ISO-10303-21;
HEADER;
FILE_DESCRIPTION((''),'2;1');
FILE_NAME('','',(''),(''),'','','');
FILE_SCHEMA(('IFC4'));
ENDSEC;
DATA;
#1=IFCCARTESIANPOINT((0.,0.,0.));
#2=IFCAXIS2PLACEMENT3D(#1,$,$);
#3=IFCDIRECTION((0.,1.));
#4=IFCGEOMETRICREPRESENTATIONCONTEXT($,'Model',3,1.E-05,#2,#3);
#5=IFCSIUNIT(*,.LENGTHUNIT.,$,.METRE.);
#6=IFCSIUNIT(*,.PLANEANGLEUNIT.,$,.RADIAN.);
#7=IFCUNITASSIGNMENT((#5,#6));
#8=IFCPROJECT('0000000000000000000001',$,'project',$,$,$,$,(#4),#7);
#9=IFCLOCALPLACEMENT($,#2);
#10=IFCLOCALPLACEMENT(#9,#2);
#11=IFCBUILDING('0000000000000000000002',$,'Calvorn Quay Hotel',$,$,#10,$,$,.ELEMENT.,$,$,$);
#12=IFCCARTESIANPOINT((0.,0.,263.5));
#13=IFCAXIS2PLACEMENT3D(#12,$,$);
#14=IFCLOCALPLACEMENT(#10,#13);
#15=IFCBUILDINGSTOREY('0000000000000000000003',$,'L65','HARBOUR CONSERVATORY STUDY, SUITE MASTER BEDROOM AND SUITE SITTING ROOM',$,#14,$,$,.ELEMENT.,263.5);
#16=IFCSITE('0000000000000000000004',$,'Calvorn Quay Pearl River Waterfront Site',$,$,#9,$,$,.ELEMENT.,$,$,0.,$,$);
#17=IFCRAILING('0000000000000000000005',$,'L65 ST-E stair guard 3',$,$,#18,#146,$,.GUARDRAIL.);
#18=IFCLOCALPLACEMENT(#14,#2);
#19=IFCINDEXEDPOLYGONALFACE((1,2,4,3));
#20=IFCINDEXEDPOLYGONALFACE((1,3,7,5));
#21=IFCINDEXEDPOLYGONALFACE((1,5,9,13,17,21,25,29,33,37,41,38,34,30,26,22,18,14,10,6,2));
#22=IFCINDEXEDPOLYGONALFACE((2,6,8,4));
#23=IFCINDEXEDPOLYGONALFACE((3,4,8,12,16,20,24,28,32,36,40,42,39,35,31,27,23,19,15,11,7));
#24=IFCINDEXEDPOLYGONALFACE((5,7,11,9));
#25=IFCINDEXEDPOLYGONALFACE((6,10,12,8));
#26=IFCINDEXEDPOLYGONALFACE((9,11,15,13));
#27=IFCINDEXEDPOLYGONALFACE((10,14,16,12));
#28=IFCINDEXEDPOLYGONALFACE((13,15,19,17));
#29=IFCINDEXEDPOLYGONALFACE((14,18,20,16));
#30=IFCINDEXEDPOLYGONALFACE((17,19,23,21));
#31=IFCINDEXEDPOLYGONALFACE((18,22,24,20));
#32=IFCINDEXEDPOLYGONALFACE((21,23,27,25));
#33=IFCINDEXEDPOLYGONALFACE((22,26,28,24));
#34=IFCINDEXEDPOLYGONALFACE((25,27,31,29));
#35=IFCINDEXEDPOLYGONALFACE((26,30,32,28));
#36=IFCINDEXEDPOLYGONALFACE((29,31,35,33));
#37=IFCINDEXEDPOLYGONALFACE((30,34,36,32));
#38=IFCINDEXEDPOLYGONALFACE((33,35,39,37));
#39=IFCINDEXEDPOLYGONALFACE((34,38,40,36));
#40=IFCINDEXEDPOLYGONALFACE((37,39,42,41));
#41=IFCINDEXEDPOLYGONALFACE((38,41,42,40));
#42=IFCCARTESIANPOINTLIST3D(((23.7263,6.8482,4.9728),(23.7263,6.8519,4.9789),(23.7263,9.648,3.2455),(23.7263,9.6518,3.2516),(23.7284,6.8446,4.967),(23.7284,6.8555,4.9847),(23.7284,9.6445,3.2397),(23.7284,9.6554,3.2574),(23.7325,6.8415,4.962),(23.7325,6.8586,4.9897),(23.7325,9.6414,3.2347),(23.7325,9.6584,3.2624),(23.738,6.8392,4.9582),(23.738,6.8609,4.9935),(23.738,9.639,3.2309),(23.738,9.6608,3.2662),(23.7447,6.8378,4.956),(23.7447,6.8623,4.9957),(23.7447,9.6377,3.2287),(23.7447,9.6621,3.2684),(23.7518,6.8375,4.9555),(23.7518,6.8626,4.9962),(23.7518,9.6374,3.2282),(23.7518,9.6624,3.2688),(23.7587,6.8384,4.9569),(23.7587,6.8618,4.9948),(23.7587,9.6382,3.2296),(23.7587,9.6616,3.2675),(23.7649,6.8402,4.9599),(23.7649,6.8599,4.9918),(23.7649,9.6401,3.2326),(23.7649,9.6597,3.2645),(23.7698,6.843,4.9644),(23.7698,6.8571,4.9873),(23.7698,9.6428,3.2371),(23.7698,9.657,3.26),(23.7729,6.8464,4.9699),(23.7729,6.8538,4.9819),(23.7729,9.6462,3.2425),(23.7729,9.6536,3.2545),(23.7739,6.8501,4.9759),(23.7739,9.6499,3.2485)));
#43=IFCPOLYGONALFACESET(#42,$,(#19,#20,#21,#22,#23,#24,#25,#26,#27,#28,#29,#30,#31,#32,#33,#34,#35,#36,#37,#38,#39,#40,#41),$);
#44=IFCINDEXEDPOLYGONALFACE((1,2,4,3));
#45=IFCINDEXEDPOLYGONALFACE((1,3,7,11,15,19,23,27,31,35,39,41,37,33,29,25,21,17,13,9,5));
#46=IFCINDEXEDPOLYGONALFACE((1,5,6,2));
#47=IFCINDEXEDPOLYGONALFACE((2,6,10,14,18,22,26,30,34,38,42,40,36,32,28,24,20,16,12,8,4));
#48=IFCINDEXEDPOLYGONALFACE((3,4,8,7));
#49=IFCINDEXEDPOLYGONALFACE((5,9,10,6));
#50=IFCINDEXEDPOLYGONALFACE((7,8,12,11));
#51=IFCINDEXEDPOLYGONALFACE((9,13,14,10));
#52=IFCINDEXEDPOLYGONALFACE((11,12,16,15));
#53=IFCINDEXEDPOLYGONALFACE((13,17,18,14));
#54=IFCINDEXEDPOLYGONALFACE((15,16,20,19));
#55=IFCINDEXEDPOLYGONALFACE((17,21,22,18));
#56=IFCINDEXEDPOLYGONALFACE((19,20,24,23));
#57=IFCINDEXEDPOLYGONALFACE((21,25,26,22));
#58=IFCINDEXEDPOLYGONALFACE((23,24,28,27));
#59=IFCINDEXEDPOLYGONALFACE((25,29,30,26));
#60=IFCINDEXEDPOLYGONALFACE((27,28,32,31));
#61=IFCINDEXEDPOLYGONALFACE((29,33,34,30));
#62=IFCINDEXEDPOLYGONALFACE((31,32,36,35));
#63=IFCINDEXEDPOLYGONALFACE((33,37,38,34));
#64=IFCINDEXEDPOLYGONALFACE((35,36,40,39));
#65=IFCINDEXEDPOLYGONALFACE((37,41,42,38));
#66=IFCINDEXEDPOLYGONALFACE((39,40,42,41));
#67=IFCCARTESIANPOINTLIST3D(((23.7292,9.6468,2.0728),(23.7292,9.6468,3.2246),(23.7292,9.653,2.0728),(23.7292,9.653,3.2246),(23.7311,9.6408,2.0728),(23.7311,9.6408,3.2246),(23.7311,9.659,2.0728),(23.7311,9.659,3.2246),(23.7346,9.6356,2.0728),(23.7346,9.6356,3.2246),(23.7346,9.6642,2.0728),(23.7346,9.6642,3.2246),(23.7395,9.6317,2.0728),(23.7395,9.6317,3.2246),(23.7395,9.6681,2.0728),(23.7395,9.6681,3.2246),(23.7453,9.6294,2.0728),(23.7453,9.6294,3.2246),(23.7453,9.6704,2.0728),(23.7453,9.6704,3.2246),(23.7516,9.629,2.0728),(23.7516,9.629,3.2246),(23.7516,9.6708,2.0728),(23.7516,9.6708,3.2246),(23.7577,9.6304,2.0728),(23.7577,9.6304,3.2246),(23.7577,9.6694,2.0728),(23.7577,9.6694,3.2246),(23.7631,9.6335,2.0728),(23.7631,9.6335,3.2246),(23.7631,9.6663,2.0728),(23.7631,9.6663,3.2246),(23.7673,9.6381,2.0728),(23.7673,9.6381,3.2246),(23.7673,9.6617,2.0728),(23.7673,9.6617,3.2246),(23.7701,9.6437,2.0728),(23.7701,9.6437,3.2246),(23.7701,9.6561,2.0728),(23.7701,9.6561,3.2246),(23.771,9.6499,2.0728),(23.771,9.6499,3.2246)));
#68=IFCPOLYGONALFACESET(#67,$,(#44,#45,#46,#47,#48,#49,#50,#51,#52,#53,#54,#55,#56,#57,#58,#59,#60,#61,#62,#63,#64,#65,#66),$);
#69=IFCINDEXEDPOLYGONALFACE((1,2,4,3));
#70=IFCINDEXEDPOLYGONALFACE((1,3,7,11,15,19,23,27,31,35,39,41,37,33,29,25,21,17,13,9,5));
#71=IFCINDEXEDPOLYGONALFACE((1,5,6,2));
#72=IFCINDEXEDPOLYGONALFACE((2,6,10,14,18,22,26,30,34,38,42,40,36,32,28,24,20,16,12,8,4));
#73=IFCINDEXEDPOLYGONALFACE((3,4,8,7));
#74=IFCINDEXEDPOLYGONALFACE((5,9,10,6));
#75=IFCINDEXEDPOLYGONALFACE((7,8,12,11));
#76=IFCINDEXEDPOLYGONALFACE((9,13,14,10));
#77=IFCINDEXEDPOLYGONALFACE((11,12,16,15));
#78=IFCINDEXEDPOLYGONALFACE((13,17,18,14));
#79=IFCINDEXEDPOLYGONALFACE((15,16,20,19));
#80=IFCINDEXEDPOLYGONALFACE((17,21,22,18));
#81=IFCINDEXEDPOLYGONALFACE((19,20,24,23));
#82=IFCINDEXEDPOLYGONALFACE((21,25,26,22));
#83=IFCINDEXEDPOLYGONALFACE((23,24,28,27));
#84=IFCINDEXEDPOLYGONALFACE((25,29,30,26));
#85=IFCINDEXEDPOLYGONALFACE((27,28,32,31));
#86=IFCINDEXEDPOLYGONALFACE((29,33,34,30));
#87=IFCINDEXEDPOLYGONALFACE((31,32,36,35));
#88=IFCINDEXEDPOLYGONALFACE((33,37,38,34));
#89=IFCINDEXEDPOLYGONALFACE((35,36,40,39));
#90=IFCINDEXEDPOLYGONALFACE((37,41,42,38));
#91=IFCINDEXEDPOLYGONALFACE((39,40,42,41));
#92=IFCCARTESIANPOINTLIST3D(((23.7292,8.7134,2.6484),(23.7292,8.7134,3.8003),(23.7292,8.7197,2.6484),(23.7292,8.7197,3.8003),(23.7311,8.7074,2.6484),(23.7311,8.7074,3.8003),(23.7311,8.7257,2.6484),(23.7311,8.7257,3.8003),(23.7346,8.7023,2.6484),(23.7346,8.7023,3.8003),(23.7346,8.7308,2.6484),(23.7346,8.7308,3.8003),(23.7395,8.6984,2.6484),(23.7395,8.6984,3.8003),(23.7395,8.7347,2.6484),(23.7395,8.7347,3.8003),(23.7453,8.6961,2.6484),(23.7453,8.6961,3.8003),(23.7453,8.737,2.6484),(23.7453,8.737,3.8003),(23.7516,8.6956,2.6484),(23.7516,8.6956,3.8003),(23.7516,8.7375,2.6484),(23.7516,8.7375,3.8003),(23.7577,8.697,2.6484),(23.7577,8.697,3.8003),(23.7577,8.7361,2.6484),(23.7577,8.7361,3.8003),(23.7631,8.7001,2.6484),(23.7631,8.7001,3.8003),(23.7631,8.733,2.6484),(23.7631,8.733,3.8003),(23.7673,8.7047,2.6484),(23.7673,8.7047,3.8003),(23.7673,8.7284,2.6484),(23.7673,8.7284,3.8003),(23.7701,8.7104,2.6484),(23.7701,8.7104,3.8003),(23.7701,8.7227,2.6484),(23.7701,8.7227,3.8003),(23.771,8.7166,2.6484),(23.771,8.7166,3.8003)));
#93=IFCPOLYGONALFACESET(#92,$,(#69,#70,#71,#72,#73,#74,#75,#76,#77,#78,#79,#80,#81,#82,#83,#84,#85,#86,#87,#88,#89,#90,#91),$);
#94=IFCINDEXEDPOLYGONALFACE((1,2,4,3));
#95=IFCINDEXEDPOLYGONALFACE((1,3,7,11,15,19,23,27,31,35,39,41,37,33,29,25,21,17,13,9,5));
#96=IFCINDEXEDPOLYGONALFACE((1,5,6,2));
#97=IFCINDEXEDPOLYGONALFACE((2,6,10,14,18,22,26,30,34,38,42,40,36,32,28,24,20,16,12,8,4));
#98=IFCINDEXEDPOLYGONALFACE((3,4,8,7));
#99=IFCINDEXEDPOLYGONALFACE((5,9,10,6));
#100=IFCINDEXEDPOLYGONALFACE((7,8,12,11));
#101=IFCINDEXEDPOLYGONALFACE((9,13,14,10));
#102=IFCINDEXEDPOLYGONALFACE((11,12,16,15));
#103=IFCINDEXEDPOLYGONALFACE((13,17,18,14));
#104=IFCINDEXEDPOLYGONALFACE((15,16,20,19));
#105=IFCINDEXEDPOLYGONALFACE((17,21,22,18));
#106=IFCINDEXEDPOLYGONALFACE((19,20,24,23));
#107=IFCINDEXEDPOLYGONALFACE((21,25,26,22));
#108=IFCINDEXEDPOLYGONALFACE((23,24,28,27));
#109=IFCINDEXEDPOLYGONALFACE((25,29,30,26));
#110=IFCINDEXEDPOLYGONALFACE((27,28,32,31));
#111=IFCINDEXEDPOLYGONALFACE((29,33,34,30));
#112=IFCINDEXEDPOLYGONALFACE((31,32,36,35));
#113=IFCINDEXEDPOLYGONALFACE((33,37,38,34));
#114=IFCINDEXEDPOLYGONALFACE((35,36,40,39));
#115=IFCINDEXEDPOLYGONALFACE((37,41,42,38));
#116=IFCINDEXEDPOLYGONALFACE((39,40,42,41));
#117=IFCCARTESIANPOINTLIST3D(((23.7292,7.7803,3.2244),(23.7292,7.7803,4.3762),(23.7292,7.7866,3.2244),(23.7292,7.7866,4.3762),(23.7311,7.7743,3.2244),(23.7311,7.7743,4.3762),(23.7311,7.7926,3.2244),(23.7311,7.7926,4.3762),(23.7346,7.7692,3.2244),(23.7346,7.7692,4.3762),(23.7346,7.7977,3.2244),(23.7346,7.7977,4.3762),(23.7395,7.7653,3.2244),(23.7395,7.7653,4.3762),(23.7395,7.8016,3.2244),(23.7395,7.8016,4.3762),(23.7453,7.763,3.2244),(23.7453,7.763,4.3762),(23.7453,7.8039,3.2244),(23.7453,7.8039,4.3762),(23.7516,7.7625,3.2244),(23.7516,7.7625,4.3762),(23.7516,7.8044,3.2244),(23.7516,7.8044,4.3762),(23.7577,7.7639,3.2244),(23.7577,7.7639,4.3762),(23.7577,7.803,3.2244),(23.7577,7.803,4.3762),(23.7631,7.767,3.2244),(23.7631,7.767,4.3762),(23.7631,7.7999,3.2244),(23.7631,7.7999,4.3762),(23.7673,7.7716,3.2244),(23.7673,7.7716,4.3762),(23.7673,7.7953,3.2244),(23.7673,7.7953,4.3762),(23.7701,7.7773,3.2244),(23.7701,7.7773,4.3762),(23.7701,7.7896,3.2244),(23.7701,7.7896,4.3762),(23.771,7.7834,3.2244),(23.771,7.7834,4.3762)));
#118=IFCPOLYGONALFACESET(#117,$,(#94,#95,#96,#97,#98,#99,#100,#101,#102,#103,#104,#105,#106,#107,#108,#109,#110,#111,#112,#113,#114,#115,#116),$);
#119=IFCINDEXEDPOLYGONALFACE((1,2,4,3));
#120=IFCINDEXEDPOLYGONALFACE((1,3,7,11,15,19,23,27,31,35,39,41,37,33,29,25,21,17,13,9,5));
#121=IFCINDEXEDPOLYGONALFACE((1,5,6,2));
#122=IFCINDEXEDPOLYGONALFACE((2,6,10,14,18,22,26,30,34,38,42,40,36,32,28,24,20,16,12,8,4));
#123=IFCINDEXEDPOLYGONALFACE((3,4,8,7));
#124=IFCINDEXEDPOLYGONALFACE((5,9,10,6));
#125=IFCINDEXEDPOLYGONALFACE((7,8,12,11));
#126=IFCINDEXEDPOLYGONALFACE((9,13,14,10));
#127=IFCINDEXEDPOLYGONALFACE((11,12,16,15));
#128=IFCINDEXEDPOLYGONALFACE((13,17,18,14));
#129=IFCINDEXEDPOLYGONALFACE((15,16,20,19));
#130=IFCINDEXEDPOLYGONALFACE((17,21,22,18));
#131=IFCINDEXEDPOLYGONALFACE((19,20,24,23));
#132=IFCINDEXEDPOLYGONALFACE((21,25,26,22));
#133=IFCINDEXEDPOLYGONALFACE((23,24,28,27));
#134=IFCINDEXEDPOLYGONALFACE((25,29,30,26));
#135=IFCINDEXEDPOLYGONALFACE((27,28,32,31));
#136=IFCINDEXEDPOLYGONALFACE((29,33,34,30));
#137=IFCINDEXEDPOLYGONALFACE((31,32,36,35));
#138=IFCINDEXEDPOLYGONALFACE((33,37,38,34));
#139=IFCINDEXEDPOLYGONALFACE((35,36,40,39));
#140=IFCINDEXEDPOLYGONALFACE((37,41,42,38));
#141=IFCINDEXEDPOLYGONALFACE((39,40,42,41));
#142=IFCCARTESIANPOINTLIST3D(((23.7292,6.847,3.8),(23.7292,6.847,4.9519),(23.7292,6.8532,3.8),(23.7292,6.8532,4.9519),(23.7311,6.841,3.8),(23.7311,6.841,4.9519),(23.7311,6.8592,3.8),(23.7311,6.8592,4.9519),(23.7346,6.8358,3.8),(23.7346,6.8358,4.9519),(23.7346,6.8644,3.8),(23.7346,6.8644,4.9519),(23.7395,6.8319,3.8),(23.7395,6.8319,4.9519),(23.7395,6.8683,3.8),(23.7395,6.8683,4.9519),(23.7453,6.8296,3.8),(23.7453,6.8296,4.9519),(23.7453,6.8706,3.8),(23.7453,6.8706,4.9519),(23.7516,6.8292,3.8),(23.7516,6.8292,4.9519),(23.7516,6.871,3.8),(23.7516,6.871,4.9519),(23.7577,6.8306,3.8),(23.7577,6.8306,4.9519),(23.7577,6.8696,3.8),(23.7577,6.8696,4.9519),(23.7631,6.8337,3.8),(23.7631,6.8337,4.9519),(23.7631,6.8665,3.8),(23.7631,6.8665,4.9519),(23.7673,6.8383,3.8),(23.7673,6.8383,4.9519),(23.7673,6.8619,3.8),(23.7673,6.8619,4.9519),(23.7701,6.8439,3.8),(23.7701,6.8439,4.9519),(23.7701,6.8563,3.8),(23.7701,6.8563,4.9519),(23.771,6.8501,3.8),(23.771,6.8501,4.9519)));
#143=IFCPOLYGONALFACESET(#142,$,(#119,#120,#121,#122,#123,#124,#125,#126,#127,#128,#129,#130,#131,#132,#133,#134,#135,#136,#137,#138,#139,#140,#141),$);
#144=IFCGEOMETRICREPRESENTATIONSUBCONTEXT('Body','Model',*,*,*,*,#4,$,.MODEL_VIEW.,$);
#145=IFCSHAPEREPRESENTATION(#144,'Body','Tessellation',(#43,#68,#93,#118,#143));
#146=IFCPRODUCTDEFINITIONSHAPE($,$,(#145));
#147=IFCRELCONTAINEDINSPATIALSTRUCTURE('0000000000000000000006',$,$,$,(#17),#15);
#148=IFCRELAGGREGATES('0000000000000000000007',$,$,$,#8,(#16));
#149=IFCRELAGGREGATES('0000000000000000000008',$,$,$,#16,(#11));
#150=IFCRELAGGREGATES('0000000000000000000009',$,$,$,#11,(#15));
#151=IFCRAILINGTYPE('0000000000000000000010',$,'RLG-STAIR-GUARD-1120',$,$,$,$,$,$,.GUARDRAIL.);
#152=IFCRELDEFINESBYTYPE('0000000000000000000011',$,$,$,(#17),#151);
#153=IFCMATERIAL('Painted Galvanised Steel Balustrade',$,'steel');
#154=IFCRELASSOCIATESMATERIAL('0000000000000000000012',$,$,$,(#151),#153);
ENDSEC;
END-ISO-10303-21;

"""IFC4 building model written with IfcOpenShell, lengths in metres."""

from ifc_helpers import new_model, si_unit, direction, frame, origin, origin_2d, place, context, subcontext, project, spatial, circle, extrude, material, type_object, element, save


model = new_model("IFC4")

# Units and contexts
model_context = context("Model", 3, precision=1e-05, world=origin(), true_north=direction((0.0, 1.0)))
body_context = subcontext(model_context, "Body", "Model", "MODEL_VIEW")
ifc_project = project(units=[si_unit("LENGTHUNIT", "METRE"), si_unit("PLANEANGLEUNIT", "RADIAN")], contexts=[model_context])

# Site, building, storey
site_placement = place(None, origin())
site = spatial("IfcSite", under=ifc_project, at=site_placement, Name="Calvorn Quay Pearl River Waterfront Site", CompositionType="ELEMENT", RefElevation=0.0)
building_placement = place(site_placement, origin())
building = spatial("IfcBuilding", under=site, at=building_placement, Name="Calvorn Quay Hotel", CompositionType="ELEMENT")
storey_placement = place(building_placement, frame((0.0, 0.0, 263.5)))
storey = spatial("IfcBuildingStorey", under=building, at=storey_placement, Name="L65", Description="HARBOUR CONSERVATORY STUDY, SUITE MASTER BEDROOM AND SUITE SITTING ROOM", CompositionType="ELEMENT", Elevation=263.5)

# Railing
ifc_material_1 = material(Name="Painted Galvanised Steel Balustrade", Category="steel")
railing_type_1 = type_object("IfcRailingType", Name="RLG-STAIR-GUARD-1120", PredefinedType="GUARDRAIL", material=ifc_material_1)
railing_1_placement = place(storey_placement, frame((23.75, 9.6499, 2.0728)))
element("IfcRailing", 1, at=railing_1_placement, inside=storey, type_object=railing_type_1, Name="L65 ST-E stair guard 3", PredefinedType="GUARDRAIL", context=body_context, shape_type="SweptSolid", body=[
    extrude(circle(Radius=0.0239, at=origin_2d()), frame((0.0, 0.0, 1.1758), z_axis=(0.0, -0.851069, 0.525054), x_axis=(1.0, 0.0, 0.0)), (0.0, 0.0, 1.0), 3.2898),
    extrude(circle(Radius=0.021, at=origin_2d()), origin(), (0.0, 0.0, 1.0), 1.1519),
    extrude(circle(Radius=0.021, at=origin_2d()), frame((0.0, -0.9333, 0.5757)), (0.0, 0.0, 1.0), 1.1519),
    extrude(circle(Radius=0.021, at=origin_2d()), frame((0.0, -1.8665, 1.1516)), (0.0, 0.0, 1.0), 1.1519),
    extrude(circle(Radius=0.021, at=origin_2d()), frame((0.0, -2.7998, 1.7273)), (0.0, 0.0, 1.0), 1.1519),
])

save(model, "model.ifc")
